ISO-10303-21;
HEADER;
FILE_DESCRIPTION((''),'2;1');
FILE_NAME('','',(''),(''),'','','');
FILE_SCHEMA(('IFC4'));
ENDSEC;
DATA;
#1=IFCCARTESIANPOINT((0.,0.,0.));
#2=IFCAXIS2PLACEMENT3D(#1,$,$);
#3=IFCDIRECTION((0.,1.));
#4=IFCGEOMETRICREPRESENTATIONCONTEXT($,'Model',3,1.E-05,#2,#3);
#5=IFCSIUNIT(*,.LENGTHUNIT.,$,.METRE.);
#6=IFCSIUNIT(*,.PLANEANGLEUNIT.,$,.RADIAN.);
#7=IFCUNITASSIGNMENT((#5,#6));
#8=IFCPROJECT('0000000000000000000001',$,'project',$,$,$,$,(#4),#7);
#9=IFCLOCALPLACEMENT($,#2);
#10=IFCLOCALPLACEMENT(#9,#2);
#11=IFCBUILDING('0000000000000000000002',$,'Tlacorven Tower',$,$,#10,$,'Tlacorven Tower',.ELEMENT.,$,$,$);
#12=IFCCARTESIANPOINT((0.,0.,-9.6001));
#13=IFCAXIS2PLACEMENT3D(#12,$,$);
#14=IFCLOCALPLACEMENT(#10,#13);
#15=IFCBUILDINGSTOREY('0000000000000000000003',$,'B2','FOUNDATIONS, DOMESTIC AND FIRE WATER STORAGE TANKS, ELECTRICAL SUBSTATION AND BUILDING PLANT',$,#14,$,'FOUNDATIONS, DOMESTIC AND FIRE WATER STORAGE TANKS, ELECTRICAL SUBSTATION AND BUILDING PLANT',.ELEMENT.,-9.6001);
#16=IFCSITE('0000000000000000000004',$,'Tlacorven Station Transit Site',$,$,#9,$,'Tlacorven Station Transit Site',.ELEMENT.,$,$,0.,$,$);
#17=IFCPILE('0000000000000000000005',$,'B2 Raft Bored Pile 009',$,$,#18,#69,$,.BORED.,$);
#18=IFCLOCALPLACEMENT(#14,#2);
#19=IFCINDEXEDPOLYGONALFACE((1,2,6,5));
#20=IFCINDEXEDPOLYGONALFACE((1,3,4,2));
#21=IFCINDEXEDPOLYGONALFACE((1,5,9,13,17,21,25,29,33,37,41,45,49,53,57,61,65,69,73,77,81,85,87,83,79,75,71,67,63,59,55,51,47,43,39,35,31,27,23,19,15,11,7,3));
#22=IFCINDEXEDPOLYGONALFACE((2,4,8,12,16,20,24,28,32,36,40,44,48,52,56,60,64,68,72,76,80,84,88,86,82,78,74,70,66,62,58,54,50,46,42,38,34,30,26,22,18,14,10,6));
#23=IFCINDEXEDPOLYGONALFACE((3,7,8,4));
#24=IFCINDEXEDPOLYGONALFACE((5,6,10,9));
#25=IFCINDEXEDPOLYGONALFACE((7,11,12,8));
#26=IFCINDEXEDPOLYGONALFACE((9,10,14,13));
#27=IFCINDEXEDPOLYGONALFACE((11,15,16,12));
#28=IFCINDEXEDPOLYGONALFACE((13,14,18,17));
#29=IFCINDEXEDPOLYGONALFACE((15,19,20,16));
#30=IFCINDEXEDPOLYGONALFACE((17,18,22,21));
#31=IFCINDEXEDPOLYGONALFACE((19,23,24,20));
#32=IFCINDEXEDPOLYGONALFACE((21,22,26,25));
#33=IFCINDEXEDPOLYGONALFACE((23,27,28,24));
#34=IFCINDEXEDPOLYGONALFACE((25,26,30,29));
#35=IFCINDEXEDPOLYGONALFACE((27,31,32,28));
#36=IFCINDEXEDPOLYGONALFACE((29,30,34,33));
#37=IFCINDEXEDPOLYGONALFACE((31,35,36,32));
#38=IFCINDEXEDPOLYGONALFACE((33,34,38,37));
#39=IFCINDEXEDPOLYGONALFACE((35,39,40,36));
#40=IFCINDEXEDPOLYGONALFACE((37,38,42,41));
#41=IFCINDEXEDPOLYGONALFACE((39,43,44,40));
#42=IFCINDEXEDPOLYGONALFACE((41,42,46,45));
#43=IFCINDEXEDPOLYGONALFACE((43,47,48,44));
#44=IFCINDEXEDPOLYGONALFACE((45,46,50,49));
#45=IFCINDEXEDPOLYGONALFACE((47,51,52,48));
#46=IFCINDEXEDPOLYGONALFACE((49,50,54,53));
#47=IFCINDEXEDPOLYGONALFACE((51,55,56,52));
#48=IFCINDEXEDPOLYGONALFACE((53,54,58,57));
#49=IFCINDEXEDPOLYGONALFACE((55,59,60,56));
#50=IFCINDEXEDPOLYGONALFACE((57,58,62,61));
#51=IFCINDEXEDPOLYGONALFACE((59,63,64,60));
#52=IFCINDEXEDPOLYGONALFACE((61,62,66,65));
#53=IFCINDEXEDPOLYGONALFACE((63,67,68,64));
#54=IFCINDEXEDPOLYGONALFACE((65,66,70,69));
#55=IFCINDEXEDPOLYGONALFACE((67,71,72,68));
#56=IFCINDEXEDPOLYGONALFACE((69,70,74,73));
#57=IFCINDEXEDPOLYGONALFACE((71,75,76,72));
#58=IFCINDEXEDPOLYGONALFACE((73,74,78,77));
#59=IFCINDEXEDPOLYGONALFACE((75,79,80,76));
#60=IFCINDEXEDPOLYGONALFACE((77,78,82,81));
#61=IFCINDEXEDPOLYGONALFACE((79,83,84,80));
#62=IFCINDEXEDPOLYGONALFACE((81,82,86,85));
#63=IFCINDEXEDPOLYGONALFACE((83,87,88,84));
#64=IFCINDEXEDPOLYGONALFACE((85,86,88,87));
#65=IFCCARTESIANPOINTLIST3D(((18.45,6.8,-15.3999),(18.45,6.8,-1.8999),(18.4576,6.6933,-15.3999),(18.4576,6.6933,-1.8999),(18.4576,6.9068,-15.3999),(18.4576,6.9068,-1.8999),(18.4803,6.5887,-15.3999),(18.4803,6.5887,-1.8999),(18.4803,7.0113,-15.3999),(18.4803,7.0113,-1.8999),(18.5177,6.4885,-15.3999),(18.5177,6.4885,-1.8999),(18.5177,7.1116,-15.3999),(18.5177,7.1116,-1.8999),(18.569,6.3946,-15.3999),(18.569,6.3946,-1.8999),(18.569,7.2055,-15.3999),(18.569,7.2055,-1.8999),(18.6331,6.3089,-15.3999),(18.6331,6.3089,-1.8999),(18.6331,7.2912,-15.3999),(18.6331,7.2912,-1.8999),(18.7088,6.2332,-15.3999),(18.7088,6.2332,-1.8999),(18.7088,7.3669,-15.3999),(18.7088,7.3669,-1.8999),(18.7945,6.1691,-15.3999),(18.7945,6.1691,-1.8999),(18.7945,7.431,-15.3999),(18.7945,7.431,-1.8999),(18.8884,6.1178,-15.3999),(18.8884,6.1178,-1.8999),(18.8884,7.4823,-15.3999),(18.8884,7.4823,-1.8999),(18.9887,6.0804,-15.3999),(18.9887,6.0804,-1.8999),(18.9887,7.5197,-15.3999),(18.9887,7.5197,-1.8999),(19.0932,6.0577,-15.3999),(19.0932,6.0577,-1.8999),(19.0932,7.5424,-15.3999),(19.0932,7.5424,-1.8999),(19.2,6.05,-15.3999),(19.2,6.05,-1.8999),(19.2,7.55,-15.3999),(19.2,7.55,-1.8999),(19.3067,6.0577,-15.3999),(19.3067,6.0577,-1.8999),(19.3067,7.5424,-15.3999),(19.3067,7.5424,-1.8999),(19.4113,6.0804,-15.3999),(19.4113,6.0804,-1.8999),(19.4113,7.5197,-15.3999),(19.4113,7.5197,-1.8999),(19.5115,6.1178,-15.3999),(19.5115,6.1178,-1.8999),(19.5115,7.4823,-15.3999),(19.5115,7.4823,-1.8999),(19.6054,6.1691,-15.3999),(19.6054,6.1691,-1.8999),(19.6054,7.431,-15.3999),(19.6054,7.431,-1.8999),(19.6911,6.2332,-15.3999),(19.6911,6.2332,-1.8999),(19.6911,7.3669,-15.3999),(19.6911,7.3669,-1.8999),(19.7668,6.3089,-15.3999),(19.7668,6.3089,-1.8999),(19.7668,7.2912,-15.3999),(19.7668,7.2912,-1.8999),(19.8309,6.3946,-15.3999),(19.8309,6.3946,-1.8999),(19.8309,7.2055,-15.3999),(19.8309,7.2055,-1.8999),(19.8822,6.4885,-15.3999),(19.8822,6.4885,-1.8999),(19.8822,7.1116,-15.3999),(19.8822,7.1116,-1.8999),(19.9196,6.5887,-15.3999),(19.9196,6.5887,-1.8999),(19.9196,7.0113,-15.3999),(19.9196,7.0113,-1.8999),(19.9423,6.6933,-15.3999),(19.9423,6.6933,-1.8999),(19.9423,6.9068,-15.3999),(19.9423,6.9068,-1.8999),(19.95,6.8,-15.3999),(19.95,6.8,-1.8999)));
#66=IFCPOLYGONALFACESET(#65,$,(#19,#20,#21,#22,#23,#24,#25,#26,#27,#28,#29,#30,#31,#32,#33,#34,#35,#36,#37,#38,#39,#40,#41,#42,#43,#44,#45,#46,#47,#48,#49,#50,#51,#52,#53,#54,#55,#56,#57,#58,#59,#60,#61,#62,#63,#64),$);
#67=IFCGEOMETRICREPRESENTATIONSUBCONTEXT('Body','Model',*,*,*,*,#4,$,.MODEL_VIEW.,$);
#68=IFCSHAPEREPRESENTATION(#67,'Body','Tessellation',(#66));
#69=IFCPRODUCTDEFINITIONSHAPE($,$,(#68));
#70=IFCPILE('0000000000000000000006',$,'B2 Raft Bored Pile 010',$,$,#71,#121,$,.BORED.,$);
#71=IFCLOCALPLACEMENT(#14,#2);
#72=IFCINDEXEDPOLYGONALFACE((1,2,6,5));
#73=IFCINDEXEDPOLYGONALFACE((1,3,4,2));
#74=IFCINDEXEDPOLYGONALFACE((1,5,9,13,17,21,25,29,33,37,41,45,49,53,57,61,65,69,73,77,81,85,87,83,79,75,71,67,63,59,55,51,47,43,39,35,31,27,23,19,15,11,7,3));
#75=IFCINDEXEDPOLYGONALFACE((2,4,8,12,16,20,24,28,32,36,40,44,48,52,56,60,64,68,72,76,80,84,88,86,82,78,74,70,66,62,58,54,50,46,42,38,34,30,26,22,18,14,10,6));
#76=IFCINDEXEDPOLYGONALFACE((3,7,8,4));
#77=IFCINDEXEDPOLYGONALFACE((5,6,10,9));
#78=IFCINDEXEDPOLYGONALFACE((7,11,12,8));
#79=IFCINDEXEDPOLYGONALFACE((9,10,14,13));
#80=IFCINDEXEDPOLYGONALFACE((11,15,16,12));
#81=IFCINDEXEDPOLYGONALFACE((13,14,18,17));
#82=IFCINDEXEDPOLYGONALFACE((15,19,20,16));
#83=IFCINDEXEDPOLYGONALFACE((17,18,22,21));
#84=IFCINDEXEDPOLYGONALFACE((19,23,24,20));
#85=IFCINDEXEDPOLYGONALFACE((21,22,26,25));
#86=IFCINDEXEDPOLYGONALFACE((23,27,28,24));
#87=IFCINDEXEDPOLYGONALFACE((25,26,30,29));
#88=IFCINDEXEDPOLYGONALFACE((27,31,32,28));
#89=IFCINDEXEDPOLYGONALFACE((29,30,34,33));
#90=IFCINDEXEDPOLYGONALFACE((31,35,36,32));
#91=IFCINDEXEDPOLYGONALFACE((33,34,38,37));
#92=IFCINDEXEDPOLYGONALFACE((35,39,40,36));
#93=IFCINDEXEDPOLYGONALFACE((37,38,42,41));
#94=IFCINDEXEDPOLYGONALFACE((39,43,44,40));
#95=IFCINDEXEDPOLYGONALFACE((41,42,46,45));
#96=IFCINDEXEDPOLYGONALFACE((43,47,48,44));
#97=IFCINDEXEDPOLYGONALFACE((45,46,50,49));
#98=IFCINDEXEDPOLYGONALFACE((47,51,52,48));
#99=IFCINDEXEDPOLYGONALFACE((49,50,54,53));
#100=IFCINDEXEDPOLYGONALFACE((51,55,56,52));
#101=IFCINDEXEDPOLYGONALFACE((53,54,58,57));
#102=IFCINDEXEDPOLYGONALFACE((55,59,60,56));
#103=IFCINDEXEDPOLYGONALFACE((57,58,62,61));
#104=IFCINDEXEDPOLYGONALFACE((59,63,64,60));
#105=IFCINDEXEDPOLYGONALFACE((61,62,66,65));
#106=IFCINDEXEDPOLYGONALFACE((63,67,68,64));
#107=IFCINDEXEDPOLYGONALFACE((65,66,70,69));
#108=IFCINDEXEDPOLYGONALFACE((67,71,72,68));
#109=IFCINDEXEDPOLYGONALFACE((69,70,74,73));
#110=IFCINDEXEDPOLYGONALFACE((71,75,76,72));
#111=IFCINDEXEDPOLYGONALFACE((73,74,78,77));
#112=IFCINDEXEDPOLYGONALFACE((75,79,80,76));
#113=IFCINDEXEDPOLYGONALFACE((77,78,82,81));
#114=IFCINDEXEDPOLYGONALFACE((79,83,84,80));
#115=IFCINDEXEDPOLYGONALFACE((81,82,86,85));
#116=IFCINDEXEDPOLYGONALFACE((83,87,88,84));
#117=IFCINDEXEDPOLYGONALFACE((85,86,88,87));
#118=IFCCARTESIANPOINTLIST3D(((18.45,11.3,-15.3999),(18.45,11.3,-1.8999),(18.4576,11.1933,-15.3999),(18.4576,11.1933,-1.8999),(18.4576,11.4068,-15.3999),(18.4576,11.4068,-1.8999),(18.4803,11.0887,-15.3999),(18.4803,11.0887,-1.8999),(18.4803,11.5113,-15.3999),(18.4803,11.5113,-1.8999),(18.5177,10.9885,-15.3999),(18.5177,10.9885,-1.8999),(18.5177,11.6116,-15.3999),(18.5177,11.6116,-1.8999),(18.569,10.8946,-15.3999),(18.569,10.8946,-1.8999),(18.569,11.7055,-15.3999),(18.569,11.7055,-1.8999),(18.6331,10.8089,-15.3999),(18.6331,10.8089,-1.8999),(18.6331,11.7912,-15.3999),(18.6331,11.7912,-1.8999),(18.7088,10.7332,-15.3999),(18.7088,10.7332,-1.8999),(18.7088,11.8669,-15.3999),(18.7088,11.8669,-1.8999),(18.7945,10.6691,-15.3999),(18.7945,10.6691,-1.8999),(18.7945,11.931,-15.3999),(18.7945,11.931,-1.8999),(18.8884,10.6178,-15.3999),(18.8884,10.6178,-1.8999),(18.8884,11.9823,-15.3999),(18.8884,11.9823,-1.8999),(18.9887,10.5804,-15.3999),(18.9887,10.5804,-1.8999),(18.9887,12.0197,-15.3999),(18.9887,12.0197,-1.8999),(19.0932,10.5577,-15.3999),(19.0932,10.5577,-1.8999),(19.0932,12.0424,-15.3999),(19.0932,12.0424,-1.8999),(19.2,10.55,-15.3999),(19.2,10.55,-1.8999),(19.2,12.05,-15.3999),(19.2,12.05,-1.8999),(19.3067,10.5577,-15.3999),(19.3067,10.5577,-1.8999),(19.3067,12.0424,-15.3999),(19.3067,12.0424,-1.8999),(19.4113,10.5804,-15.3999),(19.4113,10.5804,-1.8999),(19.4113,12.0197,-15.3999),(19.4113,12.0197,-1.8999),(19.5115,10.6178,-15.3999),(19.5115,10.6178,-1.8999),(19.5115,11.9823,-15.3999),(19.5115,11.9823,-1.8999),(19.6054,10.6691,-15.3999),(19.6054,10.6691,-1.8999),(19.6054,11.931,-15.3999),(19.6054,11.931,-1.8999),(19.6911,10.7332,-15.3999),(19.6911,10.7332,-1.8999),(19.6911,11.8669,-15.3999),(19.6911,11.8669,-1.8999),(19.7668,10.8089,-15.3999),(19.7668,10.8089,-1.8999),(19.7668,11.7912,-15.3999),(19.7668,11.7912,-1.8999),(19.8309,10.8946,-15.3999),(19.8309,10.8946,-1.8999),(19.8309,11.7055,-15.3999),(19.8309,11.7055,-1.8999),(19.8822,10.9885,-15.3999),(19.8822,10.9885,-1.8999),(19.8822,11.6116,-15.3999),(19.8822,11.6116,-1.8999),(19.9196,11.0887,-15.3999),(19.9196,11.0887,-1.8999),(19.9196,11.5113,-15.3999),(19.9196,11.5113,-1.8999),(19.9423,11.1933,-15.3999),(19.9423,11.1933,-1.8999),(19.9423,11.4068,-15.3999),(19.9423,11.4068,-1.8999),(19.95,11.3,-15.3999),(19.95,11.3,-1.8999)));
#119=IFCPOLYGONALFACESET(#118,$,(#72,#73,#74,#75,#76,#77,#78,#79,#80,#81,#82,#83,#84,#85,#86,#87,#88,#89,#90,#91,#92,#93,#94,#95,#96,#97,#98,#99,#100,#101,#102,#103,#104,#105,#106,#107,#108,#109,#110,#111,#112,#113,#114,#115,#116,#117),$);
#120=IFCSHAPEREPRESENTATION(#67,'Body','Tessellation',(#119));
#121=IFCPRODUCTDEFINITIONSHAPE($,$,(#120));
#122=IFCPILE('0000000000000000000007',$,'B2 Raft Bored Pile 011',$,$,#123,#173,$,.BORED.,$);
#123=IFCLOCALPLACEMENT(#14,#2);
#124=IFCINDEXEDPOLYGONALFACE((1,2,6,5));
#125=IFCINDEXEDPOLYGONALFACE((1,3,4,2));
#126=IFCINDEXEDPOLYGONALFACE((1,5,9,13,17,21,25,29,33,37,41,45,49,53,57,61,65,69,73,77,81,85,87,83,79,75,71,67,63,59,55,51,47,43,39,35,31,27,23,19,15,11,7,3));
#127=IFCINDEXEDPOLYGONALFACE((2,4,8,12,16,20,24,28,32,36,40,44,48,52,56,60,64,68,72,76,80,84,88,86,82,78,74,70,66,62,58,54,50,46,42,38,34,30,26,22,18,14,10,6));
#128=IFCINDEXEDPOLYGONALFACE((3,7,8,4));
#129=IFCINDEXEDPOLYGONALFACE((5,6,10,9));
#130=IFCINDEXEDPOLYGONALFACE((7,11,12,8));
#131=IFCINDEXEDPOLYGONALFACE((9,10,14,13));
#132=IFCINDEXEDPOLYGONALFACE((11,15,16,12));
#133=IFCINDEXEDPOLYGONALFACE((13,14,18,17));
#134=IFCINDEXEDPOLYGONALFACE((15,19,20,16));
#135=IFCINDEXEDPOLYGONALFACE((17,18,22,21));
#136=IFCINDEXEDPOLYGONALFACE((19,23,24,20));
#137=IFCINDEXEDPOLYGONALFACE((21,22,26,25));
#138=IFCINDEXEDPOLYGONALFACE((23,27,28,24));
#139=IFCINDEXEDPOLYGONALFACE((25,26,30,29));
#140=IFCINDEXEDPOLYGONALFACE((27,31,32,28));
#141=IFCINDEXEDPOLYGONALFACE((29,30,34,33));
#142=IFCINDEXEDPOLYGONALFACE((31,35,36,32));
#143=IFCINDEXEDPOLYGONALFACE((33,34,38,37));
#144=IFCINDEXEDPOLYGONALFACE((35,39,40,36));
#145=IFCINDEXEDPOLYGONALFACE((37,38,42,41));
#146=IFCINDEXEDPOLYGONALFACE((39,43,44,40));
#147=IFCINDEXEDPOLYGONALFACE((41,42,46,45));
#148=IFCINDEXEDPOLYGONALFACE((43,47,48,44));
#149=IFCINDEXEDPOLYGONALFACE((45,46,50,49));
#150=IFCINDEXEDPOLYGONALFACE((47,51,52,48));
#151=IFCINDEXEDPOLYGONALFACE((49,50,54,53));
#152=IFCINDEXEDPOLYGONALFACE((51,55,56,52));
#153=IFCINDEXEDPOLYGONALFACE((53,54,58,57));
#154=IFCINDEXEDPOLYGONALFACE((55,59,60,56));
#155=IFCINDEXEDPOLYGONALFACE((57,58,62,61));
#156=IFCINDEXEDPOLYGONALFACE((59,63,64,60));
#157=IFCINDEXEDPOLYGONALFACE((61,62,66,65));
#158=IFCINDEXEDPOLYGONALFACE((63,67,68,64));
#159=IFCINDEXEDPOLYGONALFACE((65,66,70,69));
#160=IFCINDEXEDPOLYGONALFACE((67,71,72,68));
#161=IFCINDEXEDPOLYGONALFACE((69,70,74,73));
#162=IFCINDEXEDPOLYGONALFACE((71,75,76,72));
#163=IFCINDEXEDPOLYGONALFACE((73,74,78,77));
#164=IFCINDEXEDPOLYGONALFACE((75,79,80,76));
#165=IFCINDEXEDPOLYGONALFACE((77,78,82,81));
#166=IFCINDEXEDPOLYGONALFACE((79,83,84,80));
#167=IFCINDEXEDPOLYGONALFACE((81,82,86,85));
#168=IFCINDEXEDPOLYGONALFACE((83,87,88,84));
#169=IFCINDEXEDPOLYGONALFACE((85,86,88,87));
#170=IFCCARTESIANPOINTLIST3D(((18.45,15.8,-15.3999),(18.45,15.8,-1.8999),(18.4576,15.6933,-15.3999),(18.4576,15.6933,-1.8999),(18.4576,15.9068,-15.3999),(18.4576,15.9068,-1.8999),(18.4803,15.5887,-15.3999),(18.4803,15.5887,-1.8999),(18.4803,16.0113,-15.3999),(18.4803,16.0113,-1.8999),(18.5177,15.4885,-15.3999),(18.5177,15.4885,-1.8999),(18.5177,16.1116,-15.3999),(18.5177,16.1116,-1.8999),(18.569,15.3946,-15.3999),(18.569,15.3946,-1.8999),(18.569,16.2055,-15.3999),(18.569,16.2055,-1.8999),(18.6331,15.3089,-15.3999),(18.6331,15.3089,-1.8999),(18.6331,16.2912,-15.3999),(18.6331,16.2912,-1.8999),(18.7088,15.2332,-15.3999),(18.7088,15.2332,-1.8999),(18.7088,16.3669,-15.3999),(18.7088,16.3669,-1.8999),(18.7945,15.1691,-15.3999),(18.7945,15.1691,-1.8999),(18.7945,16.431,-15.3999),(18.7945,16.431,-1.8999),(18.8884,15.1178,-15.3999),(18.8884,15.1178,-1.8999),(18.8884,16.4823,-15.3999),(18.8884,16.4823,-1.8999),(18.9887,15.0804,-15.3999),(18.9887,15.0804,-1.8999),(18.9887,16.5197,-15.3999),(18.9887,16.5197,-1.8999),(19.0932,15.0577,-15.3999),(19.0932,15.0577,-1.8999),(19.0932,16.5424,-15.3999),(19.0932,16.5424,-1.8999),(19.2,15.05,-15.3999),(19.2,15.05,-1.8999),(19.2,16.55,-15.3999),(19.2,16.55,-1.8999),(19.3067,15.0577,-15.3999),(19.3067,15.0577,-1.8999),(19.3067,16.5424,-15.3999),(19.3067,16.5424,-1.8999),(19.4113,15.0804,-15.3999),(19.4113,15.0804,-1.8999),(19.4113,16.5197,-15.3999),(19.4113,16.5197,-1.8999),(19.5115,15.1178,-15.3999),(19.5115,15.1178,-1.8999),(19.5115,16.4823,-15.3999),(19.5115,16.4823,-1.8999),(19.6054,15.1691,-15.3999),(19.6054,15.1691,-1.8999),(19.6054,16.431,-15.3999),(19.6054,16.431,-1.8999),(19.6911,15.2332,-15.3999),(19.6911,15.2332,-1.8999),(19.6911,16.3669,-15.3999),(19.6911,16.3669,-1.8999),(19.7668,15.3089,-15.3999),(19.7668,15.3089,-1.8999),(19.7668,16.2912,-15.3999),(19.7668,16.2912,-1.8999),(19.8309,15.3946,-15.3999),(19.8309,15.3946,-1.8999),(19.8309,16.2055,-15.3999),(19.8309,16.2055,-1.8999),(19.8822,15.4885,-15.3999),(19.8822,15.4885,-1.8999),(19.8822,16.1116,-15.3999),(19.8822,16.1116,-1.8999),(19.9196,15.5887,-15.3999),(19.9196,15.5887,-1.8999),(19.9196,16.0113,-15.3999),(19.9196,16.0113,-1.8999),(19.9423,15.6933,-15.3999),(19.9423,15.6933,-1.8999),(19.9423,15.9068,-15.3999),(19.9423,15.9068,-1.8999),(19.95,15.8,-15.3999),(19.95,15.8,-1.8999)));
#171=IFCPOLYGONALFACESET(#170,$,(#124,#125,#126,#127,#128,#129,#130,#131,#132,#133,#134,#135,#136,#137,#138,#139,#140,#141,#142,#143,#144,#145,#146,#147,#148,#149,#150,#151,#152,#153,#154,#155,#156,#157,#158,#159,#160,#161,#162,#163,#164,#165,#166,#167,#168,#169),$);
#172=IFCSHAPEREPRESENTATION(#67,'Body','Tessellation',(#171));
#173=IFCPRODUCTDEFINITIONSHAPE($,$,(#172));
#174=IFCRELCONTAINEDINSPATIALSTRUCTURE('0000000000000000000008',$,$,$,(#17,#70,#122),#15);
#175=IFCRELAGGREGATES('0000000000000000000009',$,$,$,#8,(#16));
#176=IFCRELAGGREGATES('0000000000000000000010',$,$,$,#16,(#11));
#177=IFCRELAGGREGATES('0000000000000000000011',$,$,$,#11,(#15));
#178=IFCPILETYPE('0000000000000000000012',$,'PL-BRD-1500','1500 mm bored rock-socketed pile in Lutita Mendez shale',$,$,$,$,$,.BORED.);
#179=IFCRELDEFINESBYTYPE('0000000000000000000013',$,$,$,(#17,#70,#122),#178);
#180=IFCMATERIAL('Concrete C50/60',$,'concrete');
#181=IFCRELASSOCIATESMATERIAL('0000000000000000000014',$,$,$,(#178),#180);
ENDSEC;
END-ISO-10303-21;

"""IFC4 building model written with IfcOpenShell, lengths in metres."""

from ifc_helpers import new_model, si_unit, direction, frame, origin, origin_2d, place, context, subcontext, project, spatial, circle, extrude, source, transform, mapped, material, material_profile, profile_set, type_object, element, save


model = new_model("IFC4")

# Units and contexts
model_context = context("Model", 3, precision=1e-05, world=origin(), true_north=direction((0.0, 1.0)))
body_context = subcontext(model_context, "Body", "Model", "MODEL_VIEW")
ifc_project = project(units=[si_unit("LENGTHUNIT", "METRE"), si_unit("PLANEANGLEUNIT", "RADIAN")], contexts=[model_context])

# Site, building, storey
site_placement = place(None, origin())
site = spatial("IfcSite", under=ifc_project, at=site_placement, Name="Tlacorven Station Transit Site", LongName="Tlacorven Station Transit Site", CompositionType="ELEMENT", RefElevation=0.0)
building_placement = place(site_placement, origin())
building = spatial("IfcBuilding", under=site, at=building_placement, Name="Tlacorven Tower", LongName="Tlacorven Tower", CompositionType="ELEMENT")
storey_placement = place(building_placement, frame((0.0, 0.0, -9.6001)))
storey = spatial("IfcBuildingStorey", under=building, at=storey_placement, Name="B2", Description="FOUNDATIONS, DOMESTIC AND FIRE WATER STORAGE TANKS, ELECTRICAL SUBSTATION AND BUILDING PLANT", LongName="FOUNDATIONS, DOMESTIC AND FIRE WATER STORAGE TANKS, ELECTRICAL SUBSTATION AND BUILDING PLANT", CompositionType="ELEMENT", Elevation=-9.6001)

# Piles
ifc_material_1 = material(Name="Concrete C50/60", Category="concrete")
ifc_material_profile_1 = material_profile(ifc_material_1, circle(Radius=0.75, at=origin_2d()), Name="BORED PILE D1500")
ifc_profile_set_1 = profile_set([ifc_material_profile_1], Name="Concrete C50/60")
pile_type = type_object("IfcPileType", Name="PL-BRD-1500", Description="1500 mm bored rock-socketed pile in Lutita Mendez shale", PredefinedType="BORED", material=ifc_profile_set_1)
shared_shape_1 = source(origin(), body_context, "Body", "SweptSolid", [
    extrude(circle(Radius=0.75, at=origin_2d()), origin(), (0.0, 0.0, 1.0), 13.5),
])
for number, where, z_axis, x_axis, name in (
    (1, (19.2, 6.8, -1.8999), (0.0, 0.0, -1.0), (1.0, 0.0, 0.0), "B2 Raft Bored Pile 009"),
    (2, (19.2, 11.3, -1.8999), (0.0, 0.0, -1.0), (1.0, 0.0, 0.0), "B2 Raft Bored Pile 010"),
    (3, (19.2, 15.8, -1.8999), (0.0, 0.0, -1.0), (1.0, 0.0, 0.0), "B2 Raft Bored Pile 011"),
):
    element("IfcPile", number, at=place(storey_placement, frame(where, z_axis=z_axis, x_axis=x_axis)), inside=storey, type_object=pile_type, Name=name, PredefinedType="BORED", context=body_context, shape_type="MappedRepresentation", body=[
        mapped(shared_shape_1, transform((0.0, 0.0, 0.0), scale=1.0)),
    ])

save(model, "model.ifc")
